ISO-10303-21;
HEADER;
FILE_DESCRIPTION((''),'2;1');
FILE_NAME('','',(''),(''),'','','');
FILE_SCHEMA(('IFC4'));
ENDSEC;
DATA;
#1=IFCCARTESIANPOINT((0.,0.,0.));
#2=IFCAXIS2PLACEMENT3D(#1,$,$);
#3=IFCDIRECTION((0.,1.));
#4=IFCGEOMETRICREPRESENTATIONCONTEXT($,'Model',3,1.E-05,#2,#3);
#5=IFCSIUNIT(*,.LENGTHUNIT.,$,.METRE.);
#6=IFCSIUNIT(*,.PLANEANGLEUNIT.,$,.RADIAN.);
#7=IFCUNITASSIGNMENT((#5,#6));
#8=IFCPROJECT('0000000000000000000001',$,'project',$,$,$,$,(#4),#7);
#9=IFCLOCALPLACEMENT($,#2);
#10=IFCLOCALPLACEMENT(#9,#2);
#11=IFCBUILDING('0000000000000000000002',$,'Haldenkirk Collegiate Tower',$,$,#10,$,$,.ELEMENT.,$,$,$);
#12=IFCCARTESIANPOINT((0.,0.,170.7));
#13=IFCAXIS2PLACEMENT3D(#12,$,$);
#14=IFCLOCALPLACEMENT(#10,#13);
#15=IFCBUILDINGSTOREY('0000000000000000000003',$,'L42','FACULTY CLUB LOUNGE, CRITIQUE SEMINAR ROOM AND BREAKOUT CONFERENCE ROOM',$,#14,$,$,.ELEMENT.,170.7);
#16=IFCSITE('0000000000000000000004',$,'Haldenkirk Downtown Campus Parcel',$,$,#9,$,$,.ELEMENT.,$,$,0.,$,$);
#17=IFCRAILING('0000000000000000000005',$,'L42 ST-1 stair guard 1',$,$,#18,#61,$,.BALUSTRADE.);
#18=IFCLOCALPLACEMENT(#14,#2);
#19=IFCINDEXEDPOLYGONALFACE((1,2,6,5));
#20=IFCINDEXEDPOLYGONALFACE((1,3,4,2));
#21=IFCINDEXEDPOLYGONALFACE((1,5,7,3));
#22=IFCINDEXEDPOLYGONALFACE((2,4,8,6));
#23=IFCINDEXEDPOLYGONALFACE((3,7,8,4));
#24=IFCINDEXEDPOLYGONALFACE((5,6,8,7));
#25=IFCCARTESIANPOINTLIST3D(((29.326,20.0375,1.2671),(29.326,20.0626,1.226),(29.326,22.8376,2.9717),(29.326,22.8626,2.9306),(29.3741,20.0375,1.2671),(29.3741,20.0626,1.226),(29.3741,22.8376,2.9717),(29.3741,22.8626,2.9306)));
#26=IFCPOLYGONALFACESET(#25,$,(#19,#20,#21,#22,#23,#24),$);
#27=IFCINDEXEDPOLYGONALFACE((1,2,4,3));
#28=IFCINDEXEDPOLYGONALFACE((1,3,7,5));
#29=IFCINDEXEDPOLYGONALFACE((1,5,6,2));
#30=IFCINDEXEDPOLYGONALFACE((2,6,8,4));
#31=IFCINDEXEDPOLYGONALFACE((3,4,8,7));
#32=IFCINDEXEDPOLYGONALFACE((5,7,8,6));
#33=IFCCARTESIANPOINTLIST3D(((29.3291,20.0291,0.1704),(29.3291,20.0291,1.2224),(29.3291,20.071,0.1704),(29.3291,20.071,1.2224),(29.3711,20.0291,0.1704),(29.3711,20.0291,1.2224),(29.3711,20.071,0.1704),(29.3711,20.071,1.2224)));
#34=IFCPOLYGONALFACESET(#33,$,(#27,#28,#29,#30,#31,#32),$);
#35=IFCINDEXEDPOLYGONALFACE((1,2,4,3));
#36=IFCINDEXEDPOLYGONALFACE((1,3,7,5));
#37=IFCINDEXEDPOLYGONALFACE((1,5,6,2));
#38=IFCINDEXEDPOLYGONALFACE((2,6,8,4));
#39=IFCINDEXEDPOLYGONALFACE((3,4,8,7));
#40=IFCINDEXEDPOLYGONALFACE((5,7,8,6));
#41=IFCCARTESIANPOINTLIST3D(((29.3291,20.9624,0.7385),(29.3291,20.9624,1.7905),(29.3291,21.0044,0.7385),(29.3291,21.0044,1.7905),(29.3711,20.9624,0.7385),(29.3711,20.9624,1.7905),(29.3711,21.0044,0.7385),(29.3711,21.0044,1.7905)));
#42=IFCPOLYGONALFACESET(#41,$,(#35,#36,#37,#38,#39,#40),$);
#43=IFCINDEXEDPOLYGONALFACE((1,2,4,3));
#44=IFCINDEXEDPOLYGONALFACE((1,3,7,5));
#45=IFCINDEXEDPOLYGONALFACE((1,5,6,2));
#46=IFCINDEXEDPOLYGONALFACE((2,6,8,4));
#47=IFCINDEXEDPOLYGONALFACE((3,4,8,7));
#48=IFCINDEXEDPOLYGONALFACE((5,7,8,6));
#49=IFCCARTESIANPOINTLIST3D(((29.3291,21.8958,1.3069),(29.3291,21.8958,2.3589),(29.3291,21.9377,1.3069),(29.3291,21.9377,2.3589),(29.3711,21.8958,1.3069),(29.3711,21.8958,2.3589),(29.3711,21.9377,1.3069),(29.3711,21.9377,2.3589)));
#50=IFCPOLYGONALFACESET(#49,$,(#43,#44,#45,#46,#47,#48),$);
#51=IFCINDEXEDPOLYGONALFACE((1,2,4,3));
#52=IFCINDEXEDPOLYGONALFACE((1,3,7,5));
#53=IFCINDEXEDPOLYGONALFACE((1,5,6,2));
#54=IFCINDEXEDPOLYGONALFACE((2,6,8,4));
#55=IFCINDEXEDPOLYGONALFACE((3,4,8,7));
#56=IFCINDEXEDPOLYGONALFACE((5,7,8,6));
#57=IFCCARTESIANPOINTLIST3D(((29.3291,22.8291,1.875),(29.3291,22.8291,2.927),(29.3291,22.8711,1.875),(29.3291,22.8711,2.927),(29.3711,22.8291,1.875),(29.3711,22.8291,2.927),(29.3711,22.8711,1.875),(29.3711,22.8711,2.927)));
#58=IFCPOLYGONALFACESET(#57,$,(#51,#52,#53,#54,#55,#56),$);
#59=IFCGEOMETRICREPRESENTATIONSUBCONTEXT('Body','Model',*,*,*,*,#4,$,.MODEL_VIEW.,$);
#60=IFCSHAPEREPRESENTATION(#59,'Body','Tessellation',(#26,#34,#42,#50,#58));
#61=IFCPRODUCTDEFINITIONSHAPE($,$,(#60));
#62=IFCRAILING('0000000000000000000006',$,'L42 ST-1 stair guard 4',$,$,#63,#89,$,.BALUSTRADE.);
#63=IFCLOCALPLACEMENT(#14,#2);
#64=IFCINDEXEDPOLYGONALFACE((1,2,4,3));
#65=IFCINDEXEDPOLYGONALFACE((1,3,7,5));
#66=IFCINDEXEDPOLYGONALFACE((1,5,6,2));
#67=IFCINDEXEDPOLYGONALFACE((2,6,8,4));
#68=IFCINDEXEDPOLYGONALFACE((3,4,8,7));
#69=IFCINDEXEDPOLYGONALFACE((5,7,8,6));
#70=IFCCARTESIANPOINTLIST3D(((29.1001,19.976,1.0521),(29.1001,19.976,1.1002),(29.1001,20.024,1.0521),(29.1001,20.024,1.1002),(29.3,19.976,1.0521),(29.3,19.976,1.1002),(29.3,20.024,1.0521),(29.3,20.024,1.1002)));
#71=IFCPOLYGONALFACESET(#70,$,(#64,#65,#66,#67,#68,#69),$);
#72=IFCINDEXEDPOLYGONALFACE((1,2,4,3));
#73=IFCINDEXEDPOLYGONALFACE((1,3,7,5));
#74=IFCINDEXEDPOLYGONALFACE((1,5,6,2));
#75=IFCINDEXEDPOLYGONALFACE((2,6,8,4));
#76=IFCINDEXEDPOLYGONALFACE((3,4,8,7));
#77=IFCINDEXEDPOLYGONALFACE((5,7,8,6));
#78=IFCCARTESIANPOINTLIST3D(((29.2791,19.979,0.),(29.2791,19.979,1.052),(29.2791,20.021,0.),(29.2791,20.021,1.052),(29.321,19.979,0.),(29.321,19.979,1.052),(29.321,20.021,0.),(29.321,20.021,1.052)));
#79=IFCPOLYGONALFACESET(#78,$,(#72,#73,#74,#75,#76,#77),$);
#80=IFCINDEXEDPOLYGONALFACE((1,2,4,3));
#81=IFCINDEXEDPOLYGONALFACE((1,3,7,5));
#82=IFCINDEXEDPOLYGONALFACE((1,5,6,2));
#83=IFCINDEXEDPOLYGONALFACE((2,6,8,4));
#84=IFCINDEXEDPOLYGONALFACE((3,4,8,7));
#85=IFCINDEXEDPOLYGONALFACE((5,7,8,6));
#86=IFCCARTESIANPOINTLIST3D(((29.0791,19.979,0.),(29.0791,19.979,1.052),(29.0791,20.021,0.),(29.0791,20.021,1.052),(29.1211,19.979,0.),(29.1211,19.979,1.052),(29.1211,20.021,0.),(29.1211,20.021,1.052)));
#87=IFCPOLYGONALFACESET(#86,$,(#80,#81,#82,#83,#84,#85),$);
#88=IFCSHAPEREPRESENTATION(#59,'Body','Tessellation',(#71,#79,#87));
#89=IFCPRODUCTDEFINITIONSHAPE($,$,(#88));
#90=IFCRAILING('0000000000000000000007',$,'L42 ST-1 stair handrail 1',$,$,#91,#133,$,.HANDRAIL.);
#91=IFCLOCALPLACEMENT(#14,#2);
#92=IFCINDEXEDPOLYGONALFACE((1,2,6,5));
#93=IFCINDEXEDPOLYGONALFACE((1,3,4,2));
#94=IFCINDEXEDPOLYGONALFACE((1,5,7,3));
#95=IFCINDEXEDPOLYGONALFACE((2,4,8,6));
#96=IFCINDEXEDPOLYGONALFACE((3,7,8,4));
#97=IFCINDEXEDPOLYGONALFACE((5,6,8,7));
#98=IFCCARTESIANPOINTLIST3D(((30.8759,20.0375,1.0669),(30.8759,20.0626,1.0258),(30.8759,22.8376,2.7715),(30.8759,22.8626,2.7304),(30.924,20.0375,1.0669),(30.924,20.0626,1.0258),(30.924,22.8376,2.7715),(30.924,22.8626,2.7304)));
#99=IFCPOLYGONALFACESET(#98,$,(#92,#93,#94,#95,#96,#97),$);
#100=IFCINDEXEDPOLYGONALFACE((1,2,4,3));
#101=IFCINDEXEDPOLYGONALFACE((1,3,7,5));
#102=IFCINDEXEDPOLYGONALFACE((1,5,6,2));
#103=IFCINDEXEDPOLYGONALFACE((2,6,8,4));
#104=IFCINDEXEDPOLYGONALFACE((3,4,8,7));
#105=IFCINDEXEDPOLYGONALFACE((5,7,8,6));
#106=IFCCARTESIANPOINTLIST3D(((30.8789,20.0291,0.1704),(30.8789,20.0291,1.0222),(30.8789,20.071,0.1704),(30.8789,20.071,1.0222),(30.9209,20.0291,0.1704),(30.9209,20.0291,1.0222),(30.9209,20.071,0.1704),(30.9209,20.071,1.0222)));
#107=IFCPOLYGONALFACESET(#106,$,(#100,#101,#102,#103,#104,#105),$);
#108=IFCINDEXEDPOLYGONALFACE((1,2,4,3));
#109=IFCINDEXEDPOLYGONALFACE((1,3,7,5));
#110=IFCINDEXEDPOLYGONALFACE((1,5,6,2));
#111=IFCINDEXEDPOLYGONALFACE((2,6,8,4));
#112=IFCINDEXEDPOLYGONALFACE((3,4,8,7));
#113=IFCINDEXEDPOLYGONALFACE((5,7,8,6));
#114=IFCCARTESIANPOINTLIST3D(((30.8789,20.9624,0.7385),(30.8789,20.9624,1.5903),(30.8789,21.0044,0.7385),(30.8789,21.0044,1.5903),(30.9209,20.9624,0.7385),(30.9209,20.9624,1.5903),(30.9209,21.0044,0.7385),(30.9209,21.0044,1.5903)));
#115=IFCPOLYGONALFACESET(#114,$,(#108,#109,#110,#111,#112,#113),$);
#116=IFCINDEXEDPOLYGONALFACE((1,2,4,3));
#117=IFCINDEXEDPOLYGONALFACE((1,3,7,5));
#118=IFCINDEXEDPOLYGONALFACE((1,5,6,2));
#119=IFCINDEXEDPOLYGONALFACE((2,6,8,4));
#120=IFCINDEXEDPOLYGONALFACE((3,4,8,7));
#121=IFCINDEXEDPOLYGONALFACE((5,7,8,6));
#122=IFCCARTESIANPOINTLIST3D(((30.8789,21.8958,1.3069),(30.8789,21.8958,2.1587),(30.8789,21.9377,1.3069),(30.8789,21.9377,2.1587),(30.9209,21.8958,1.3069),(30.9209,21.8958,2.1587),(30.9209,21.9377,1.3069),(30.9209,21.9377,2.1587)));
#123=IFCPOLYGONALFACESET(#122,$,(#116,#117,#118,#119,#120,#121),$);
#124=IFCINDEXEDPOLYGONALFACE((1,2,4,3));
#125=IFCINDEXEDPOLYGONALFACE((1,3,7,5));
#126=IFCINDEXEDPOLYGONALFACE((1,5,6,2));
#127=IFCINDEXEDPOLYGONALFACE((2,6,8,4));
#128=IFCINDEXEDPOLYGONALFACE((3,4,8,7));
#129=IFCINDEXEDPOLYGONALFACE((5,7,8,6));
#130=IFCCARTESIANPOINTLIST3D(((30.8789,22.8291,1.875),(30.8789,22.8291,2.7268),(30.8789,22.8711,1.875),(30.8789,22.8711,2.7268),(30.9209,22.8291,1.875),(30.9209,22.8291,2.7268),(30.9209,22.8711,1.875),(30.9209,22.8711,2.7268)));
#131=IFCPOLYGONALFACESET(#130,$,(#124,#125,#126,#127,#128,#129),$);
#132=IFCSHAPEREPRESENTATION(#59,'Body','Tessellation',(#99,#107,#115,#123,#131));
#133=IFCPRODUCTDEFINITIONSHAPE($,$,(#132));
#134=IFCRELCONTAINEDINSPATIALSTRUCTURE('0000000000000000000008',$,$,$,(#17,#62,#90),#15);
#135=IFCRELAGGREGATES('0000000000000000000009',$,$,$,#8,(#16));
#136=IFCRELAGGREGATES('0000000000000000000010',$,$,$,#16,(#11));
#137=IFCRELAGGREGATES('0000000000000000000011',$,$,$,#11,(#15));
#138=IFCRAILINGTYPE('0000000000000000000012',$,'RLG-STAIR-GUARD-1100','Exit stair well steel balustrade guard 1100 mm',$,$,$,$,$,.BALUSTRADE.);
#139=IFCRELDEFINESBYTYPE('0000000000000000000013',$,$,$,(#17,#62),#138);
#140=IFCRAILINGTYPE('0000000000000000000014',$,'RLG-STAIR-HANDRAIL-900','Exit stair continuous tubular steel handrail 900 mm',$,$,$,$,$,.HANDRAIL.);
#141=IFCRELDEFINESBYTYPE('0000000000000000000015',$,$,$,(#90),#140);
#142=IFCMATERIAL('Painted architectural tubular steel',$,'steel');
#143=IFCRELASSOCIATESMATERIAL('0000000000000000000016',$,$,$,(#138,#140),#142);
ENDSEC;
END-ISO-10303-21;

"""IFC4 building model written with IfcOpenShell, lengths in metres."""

from ifc_helpers import new_model, si_unit, direction, frame, origin, origin_2d, place, context, subcontext, project, spatial, rectangle, extrude, material, type_object, element, save


model = new_model("IFC4")

# Units and contexts
model_context = context("Model", 3, precision=1e-05, world=origin(), true_north=direction((0.0, 1.0)))
body_context = subcontext(model_context, "Body", "Model", "MODEL_VIEW")
ifc_project = project(units=[si_unit("LENGTHUNIT", "METRE"), si_unit("PLANEANGLEUNIT", "RADIAN")], contexts=[model_context])

# Site, building, storey
site_placement = place(None, origin())
site = spatial("IfcSite", under=ifc_project, at=site_placement, Name="Haldenkirk Downtown Campus Parcel", CompositionType="ELEMENT", RefElevation=0.0)
building_placement = place(site_placement, origin())
building = spatial("IfcBuilding", under=site, at=building_placement, Name="Haldenkirk Collegiate Tower", CompositionType="ELEMENT")
storey_placement = place(building_placement, frame((0.0, 0.0, 170.7)))
storey = spatial("IfcBuildingStorey", under=building, at=storey_placement, Name="L42", Description="FACULTY CLUB LOUNGE, CRITIQUE SEMINAR ROOM AND BREAKOUT CONFERENCE ROOM", CompositionType="ELEMENT", Elevation=170.7)

# Railings
ifc_material_1 = material(Name="Painted architectural tubular steel", Category="steel")
railing_type_1 = type_object("IfcRailingType", Name="RLG-STAIR-GUARD-1100", Description="Exit stair well steel balustrade guard 1100 mm", PredefinedType="BALUSTRADE", material=ifc_material_1)
railing_1_placement = place(storey_placement, frame((29.3501, 20.05, 0.1704)))
element("IfcRailing", 1, at=railing_1_placement, inside=storey, type_object=railing_type_1, Name="L42 ST-1 stair guard 1", PredefinedType="BALUSTRADE", context=body_context, shape_type="SweptSolid", body=[
    extrude(rectangle(XDim=0.0481, YDim=0.0481, at=origin_2d()), frame((0.0, 0.0, 1.0762), z_axis=(0.0, 0.85417, 0.519994), x_axis=(-1.0, 0.0, 0.0)), (0.0, 0.0, 1.0), 3.2781),
    extrude(rectangle(XDim=0.042, YDim=0.042, at=origin_2d()), origin(), (0.0, 0.0, 1.0), 1.052),
    extrude(rectangle(XDim=0.042, YDim=0.042, at=origin_2d()), frame((0.0, 0.9333, 0.5681)), (0.0, 0.0, 1.0), 1.052),
    extrude(rectangle(XDim=0.042, YDim=0.042, at=origin_2d()), frame((0.0, 1.8667, 1.1365)), (0.0, 0.0, 1.0), 1.052),
    extrude(rectangle(XDim=0.042, YDim=0.042, at=origin_2d()), frame((0.0, 2.8, 1.7046)), (0.0, 0.0, 1.0), 1.052),
])
railing_2_placement = place(storey_placement, frame((29.3, 20.0, 0.0)))
element("IfcRailing", 2, at=railing_2_placement, inside=storey, type_object=railing_type_1, Name="L42 ST-1 stair guard 4", PredefinedType="BALUSTRADE", context=body_context, shape_type="SweptSolid", body=[
    extrude(rectangle(XDim=0.0481, YDim=0.0481, at=origin_2d()), frame((0.0, 0.0, 1.0762), z_axis=(-1.0, 0.0, 0.0), x_axis=(0.0, -1.0, 0.0)), (0.0, 0.0, 1.0), 0.2),
    extrude(rectangle(XDim=0.042, YDim=0.042, at=origin_2d()), origin(), (0.0, 0.0, 1.0), 1.052),
    extrude(rectangle(XDim=0.042, YDim=0.042, at=origin_2d()), frame((-0.2, 0.0, 0.0)), (0.0, 0.0, 1.0), 1.052),
])
railing_type_2 = type_object("IfcRailingType", Name="RLG-STAIR-HANDRAIL-900", Description="Exit stair continuous tubular steel handrail 900 mm", PredefinedType="HANDRAIL", material=ifc_material_1)
railing_3_placement = place(storey_placement, frame((30.8999, 20.05, 0.1704)))
element("IfcRailing", 3, at=railing_3_placement, inside=storey, type_object=railing_type_2, Name="L42 ST-1 stair handrail 1", PredefinedType="HANDRAIL", context=body_context, shape_type="SweptSolid", body=[
    extrude(rectangle(XDim=0.0481, YDim=0.0481, at=origin_2d()), frame((0.0, 0.0, 0.876), z_axis=(0.0, 0.85417, 0.519994), x_axis=(-1.0, 0.0, 0.0)), (0.0, 0.0, 1.0), 3.2781),
    extrude(rectangle(XDim=0.042, YDim=0.042, at=origin_2d()), origin(), (0.0, 0.0, 1.0), 0.8518),
    extrude(rectangle(XDim=0.042, YDim=0.042, at=origin_2d()), frame((0.0, 0.9333, 0.5681)), (0.0, 0.0, 1.0), 0.8518),
    extrude(rectangle(XDim=0.042, YDim=0.042, at=origin_2d()), frame((0.0, 1.8667, 1.1365)), (0.0, 0.0, 1.0), 0.8518),
    extrude(rectangle(XDim=0.042, YDim=0.042, at=origin_2d()), frame((0.0, 2.8, 1.7046)), (0.0, 0.0, 1.0), 0.8518),
])

save(model, "model.ifc")
